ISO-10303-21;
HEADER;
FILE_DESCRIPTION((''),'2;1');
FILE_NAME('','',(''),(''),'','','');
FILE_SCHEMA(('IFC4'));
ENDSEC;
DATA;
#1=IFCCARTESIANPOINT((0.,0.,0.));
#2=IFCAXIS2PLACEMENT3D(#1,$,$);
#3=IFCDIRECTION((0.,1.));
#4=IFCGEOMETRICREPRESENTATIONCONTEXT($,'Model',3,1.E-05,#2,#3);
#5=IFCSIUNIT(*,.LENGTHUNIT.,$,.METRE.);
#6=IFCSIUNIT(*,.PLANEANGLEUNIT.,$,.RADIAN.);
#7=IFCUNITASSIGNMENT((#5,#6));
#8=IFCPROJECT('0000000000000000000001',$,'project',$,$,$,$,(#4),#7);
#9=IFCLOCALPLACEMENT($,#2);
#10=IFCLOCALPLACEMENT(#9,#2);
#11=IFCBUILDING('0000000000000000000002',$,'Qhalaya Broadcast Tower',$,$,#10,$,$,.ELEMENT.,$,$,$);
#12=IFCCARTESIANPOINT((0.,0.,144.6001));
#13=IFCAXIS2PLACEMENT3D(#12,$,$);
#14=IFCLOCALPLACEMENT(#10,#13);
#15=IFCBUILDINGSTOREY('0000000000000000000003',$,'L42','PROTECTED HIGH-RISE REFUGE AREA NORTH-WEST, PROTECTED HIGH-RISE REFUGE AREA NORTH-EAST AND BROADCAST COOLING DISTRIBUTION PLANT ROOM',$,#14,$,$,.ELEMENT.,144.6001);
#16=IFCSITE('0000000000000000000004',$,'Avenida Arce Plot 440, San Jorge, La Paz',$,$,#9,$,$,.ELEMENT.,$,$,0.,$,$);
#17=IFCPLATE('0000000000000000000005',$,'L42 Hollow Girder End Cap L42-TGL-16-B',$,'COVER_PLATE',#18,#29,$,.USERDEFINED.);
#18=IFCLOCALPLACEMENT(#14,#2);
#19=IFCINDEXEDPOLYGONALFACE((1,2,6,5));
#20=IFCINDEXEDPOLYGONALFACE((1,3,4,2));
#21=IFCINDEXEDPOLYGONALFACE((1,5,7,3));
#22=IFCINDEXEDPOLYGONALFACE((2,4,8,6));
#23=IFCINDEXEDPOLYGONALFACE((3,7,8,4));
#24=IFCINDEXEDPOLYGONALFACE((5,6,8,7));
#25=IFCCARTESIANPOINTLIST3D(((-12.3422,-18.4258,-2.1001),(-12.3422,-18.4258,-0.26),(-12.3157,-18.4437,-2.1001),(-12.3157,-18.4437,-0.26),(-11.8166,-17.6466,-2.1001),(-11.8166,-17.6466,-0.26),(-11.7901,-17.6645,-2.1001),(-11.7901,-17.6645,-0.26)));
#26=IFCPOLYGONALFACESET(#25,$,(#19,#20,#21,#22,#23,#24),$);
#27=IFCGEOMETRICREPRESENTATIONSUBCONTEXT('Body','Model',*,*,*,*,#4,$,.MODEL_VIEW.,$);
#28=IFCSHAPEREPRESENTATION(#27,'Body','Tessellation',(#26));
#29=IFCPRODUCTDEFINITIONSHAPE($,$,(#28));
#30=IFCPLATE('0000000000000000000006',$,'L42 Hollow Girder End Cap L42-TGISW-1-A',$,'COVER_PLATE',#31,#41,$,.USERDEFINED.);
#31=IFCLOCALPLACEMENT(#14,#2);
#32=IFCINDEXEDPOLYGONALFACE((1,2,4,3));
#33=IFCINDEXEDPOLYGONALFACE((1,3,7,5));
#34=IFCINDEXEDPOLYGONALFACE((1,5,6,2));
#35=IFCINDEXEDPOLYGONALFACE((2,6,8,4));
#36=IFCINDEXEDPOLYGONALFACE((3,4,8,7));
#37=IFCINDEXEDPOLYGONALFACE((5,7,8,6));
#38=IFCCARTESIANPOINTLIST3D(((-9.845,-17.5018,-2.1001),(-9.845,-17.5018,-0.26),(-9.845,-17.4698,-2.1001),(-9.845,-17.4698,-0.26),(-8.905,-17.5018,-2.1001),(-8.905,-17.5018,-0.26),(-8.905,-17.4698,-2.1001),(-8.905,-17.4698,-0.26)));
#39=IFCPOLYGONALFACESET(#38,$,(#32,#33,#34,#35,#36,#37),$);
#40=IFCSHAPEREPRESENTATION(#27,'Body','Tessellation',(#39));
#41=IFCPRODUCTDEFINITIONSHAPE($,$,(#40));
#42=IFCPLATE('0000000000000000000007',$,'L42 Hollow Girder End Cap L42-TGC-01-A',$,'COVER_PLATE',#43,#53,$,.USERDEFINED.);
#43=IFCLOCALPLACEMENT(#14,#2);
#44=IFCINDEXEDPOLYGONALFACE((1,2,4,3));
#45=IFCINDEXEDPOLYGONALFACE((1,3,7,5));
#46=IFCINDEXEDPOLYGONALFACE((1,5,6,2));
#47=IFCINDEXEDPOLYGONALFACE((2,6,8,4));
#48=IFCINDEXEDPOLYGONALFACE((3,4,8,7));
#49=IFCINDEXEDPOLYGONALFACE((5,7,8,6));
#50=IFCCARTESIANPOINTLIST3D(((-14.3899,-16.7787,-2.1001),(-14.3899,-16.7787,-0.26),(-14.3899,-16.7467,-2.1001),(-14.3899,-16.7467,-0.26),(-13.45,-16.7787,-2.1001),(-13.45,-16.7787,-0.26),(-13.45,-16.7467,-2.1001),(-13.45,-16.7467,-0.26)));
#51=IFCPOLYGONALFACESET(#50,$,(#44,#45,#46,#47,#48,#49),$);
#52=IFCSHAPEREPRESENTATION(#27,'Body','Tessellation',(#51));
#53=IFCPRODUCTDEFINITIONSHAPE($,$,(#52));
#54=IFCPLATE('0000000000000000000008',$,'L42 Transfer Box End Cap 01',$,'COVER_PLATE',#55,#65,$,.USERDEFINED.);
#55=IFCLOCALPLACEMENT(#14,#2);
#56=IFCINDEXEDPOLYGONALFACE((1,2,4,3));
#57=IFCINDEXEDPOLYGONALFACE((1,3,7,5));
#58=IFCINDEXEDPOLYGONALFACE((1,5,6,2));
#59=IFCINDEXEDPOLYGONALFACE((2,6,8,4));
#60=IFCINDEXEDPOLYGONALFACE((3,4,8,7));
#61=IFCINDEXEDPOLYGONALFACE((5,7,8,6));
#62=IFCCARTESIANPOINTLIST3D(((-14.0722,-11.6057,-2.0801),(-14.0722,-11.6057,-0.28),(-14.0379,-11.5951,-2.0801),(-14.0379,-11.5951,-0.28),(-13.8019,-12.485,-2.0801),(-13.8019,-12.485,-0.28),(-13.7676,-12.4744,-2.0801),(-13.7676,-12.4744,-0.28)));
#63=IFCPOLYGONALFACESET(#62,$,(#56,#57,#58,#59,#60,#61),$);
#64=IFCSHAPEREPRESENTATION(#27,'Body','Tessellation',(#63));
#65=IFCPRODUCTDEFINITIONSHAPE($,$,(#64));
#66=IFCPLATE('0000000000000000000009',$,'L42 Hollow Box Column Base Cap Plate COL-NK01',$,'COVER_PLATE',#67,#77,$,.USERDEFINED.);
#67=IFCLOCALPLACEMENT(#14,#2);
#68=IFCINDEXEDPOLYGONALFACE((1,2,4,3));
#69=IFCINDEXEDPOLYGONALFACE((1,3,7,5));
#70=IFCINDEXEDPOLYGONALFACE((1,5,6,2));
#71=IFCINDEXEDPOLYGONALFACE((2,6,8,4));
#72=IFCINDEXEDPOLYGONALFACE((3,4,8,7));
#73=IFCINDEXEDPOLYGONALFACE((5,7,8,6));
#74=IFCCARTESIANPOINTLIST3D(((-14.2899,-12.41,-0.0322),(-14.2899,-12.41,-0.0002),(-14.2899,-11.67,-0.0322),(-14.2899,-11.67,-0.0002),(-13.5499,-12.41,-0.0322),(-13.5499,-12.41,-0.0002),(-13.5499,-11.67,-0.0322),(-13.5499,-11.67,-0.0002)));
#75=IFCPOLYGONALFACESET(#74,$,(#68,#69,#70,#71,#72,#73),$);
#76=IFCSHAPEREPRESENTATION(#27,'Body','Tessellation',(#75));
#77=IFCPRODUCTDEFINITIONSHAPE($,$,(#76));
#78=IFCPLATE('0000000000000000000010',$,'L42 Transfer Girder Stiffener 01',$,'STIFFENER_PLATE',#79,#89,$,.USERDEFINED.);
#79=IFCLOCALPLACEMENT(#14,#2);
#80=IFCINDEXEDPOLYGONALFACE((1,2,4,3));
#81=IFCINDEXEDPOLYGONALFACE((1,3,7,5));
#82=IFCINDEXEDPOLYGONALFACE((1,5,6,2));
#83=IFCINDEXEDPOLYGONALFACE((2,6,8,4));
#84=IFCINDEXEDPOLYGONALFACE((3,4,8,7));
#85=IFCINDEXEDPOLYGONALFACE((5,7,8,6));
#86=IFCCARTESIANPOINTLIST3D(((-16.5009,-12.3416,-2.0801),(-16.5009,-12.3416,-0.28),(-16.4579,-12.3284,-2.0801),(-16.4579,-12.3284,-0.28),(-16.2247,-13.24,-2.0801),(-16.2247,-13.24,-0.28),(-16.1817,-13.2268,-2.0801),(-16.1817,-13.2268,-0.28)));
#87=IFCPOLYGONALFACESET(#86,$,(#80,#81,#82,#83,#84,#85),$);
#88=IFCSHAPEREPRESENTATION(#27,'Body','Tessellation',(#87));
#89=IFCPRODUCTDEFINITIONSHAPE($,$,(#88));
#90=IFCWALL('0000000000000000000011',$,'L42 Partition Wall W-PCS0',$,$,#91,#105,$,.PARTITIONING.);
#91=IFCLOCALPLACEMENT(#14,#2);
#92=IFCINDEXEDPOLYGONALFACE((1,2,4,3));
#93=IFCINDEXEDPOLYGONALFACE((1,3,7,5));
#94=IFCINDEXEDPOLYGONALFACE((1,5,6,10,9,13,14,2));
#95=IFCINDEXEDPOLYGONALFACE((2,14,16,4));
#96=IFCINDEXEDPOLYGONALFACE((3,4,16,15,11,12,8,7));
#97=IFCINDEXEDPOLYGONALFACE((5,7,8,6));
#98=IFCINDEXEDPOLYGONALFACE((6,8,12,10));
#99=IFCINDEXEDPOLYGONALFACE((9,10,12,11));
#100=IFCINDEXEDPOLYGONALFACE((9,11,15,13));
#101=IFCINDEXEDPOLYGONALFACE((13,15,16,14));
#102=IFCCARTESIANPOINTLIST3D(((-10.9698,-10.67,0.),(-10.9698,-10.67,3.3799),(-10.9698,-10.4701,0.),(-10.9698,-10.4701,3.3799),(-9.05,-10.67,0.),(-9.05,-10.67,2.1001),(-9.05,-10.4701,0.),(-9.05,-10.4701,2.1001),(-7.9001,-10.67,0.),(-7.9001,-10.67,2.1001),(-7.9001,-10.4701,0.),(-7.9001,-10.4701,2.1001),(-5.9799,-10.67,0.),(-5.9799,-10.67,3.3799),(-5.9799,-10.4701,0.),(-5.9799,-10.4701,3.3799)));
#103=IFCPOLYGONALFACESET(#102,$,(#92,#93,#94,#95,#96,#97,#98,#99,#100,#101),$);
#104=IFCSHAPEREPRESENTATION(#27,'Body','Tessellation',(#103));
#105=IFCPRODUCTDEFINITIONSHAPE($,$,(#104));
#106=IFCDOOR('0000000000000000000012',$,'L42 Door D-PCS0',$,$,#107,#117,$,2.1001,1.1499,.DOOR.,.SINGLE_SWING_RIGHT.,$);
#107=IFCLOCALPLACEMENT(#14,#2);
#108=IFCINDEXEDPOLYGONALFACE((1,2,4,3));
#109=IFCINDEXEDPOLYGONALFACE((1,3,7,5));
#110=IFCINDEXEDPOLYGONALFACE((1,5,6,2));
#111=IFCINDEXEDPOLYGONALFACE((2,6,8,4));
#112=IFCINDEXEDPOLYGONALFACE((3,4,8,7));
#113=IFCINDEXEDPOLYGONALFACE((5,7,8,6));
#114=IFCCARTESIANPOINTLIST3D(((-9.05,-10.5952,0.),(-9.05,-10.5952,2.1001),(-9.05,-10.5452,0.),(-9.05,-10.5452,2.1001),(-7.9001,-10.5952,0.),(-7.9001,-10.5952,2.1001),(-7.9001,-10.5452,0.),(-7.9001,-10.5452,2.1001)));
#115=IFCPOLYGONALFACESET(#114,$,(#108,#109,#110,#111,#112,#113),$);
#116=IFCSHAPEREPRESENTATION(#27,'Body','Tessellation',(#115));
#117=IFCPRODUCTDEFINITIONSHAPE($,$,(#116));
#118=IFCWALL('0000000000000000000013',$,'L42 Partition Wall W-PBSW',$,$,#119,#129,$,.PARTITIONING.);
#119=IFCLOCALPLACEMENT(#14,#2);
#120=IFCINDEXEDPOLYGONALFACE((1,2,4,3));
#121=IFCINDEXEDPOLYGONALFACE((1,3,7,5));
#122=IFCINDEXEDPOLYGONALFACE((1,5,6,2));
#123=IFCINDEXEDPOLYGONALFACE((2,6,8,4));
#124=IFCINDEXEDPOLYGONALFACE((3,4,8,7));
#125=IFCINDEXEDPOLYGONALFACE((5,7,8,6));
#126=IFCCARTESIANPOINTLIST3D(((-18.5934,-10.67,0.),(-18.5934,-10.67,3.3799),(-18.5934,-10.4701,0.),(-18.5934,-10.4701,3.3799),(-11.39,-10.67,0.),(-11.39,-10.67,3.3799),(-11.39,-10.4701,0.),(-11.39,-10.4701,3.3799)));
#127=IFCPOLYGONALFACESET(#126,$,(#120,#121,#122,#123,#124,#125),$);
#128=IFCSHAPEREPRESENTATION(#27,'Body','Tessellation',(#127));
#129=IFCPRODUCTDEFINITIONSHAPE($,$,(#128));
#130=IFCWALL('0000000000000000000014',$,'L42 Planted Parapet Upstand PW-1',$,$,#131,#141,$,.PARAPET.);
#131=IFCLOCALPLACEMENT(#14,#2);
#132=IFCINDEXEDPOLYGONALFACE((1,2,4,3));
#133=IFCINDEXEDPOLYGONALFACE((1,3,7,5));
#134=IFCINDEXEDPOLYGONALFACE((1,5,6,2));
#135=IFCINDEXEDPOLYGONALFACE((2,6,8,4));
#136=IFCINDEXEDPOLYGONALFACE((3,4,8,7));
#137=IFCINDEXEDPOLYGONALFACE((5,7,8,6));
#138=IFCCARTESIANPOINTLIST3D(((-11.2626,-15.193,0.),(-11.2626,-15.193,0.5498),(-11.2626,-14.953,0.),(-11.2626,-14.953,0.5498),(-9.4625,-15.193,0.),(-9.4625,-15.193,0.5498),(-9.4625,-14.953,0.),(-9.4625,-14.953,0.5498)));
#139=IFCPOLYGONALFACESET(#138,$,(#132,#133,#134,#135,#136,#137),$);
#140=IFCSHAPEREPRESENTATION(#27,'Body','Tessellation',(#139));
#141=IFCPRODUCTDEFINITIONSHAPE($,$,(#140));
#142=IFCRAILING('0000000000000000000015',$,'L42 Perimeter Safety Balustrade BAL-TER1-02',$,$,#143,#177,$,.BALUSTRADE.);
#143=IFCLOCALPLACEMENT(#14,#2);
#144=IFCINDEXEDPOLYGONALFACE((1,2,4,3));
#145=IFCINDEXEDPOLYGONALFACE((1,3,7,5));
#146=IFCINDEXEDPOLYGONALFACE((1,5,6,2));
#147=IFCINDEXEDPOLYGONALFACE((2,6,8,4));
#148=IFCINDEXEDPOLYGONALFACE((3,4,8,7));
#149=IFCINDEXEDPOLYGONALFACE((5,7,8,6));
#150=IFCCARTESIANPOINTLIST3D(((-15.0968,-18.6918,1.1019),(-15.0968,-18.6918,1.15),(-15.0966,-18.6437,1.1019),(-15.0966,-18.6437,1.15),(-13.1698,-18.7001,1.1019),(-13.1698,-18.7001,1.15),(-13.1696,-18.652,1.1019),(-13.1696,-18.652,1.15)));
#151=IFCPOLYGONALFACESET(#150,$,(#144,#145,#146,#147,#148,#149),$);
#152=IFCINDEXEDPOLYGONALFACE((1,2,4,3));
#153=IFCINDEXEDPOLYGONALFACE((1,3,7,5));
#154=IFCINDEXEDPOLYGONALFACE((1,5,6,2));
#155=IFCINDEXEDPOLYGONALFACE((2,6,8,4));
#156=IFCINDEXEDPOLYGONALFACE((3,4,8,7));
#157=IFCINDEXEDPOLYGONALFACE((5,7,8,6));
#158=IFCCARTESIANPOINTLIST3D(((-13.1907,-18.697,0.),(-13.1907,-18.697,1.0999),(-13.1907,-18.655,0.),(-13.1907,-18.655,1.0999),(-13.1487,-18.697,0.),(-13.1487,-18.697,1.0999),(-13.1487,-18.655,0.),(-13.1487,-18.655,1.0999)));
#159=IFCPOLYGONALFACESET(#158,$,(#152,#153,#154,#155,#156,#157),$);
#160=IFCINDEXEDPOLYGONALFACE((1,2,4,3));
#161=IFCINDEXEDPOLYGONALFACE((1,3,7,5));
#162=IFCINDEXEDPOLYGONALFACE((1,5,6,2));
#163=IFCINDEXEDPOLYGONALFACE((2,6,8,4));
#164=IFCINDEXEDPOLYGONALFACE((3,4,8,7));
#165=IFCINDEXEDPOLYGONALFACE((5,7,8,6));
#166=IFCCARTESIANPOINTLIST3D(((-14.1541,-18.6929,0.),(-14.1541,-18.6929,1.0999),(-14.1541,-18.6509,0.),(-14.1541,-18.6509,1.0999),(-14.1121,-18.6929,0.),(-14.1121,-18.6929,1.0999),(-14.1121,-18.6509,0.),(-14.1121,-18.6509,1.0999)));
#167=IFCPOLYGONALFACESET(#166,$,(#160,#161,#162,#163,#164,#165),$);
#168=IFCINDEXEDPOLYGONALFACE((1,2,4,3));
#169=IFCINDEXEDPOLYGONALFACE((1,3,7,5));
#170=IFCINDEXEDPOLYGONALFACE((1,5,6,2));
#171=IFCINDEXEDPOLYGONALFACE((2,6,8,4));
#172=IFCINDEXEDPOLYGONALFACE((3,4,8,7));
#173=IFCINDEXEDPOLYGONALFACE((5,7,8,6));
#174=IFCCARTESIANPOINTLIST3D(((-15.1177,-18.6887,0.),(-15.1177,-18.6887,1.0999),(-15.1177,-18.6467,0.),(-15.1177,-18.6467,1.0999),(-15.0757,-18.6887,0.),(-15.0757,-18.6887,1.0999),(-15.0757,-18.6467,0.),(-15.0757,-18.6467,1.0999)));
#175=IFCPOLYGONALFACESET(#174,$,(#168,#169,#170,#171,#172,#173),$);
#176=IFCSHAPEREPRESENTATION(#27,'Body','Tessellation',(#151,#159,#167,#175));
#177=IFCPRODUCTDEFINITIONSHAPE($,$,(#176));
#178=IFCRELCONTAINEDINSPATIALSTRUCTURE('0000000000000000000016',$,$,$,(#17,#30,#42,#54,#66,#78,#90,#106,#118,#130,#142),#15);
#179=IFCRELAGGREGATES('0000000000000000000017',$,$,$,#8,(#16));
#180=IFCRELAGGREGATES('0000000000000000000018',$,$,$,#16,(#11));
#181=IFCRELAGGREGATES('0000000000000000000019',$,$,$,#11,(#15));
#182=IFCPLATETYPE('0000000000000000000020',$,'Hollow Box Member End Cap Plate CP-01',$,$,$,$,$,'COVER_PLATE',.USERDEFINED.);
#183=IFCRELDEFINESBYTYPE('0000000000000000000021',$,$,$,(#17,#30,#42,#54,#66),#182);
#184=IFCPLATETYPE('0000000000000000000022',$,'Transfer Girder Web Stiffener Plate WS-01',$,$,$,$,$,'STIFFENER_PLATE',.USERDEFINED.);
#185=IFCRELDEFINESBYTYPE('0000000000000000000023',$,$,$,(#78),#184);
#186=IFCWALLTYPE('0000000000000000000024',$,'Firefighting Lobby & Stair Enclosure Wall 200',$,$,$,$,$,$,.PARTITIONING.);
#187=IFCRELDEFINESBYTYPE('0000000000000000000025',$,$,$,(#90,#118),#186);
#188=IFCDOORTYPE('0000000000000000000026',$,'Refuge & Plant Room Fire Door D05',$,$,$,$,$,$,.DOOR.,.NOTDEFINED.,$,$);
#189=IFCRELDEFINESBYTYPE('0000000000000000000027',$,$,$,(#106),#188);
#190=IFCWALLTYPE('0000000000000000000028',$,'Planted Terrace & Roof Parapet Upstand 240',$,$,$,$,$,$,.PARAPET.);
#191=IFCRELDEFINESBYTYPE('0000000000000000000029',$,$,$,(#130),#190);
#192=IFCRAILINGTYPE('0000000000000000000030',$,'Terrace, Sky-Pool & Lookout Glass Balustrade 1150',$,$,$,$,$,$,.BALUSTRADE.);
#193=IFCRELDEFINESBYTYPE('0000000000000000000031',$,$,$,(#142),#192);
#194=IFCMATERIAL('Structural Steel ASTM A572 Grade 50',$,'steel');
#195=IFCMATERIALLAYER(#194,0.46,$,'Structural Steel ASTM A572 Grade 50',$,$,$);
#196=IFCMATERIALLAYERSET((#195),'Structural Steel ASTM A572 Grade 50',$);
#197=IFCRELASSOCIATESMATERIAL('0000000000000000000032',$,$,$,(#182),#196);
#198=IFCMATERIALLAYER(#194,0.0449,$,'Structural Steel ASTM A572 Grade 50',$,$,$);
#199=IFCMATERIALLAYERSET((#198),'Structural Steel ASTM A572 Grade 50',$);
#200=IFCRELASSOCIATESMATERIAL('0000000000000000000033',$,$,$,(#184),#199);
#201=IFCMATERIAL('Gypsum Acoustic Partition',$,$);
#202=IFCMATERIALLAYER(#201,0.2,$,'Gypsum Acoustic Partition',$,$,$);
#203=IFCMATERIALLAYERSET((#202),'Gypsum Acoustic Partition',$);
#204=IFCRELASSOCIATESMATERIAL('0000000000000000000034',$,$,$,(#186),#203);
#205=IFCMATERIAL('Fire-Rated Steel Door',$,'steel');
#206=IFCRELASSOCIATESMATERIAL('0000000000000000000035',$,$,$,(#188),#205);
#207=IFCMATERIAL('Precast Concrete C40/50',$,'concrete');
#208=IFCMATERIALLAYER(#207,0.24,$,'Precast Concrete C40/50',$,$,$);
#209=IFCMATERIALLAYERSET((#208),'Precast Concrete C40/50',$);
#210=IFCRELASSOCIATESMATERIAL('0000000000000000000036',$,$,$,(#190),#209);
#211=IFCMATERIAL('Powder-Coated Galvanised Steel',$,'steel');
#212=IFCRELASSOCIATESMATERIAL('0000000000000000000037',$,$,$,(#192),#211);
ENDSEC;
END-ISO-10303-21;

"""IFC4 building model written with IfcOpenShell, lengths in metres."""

from ifc_helpers import new_model, si_unit, direction, frame, frame_2d, origin, origin_2d, place, context, subcontext, project, spatial, rectangle, extrude, material, layer, layer_set, type_object, element, fill, save


model = new_model("IFC4")

# Units and contexts
model_context = context("Model", 3, precision=1e-05, world=origin(), true_north=direction((0.0, 1.0)))
body_context = subcontext(model_context, "Body", "Model", "MODEL_VIEW")
ifc_project = project(units=[si_unit("LENGTHUNIT", "METRE"), si_unit("PLANEANGLEUNIT", "RADIAN")], contexts=[model_context])

# Site, building, storey
site_placement = place(None, origin())
site = spatial("IfcSite", under=ifc_project, at=site_placement, Name="Avenida Arce Plot 440, San Jorge, La Paz", CompositionType="ELEMENT", RefElevation=0.0)
building_placement = place(site_placement, origin())
building = spatial("IfcBuilding", under=site, at=building_placement, Name="Qhalaya Broadcast Tower", CompositionType="ELEMENT")
storey_placement = place(building_placement, frame((0.0, 0.0, 144.6001)))
storey = spatial("IfcBuildingStorey", under=building, at=storey_placement, Name="L42", Description="PROTECTED HIGH-RISE REFUGE AREA NORTH-WEST, PROTECTED HIGH-RISE REFUGE AREA NORTH-EAST AND BROADCAST COOLING DISTRIBUTION PLANT ROOM", CompositionType="ELEMENT", Elevation=144.6001)

# Shared definitions
ifc_material_1 = material(Name="Structural Steel ASTM A572 Grade 50", Category="steel")

# Plates
ifc_layer_1 = layer(ifc_material_1, 0.46, Name="Structural Steel ASTM A572 Grade 50")
ifc_layer_set_1 = layer_set([ifc_layer_1], Name="Structural Steel ASTM A572 Grade 50")
plate_type_1 = type_object("IfcPlateType", Name="Hollow Box Member End Cap Plate CP-01", ElementType="COVER_PLATE", PredefinedType="USERDEFINED", material=ifc_layer_set_1)
for number, where, z_axis, x_axis, name in (
    (1, (-12.0662, -18.0452, -2.1001), (0.0, 0.0, 1.0), (0.559193, 0.829038, 0.0), "L42 Hollow Girder End Cap L42-TGL-16-B"),
    (2, (-9.375, -17.4858, -2.1001), (0.0, 0.0, 1.0), (-1.0, 0.0, 0.0), "L42 Hollow Girder End Cap L42-TGISW-1-A"),
    (3, (-13.9199, -16.7627, -2.1001), (0.0, 0.0, 1.0), (-1.0, 0.0, 0.0), "L42 Hollow Girder End Cap L42-TGC-01-A"),
):
    element("IfcPlate", number, at=place(storey_placement, frame(where, z_axis=z_axis, x_axis=x_axis)), inside=storey, type_object=plate_type_1, Name=name, ObjectType="COVER_PLATE", PredefinedType="USERDEFINED", context=body_context, shape_type="SweptSolid", body=[
        extrude(rectangle(XDim=0.9399, YDim=0.032, at=origin_2d()), origin(), (0.0, 0.0, 1.0), 1.8401),
    ])
plate_1_placement = place(storey_placement, frame((-13.9199, -12.04, -2.0801), z_axis=(0.0, 0.0, 1.0), x_axis=(-0.293857, 0.955849, 0.0)))
element("IfcPlate", 4, at=plate_1_placement, inside=storey, type_object=plate_type_1, Name="L42 Transfer Box End Cap 01", ObjectType="COVER_PLATE", PredefinedType="USERDEFINED", context=body_context, shape_type="SweptSolid", body=[
    extrude(rectangle(XDim=0.9199, YDim=0.0359, at=origin_2d()), origin(), (0.0, 0.0, 1.0), 1.8),
])
plate_2_placement = place(storey_placement, frame((-13.9199, -12.04, -0.0322), z_axis=(0.0, 0.0, 1.0), x_axis=(1.0, 0.0, 0.0)))
element("IfcPlate", 5, at=plate_2_placement, inside=storey, type_object=plate_type_1, Name="L42 Hollow Box Column Base Cap Plate COL-NK01", ObjectType="COVER_PLATE", PredefinedType="USERDEFINED", context=body_context, shape_type="SweptSolid", body=[
    extrude(rectangle(XDim=0.74, YDim=0.74, at=origin_2d()), origin(), (0.0, 0.0, 1.0), 0.032),
])
ifc_layer_2 = layer(ifc_material_1, 0.0449, Name="Structural Steel ASTM A572 Grade 50")
ifc_layer_set_2 = layer_set([ifc_layer_2], Name="Structural Steel ASTM A572 Grade 50")
plate_type_2 = type_object("IfcPlateType", Name="Transfer Girder Web Stiffener Plate WS-01", ElementType="STIFFENER_PLATE", PredefinedType="USERDEFINED", material=ifc_layer_set_2)
plate_3_placement = place(storey_placement, frame((-16.3413, -12.7842, -2.0801), z_axis=(0.0, 0.0, 1.0), x_axis=(-0.293857, 0.955849, 0.0)))
element("IfcPlate", 6, at=plate_3_placement, inside=storey, type_object=plate_type_2, Name="L42 Transfer Girder Stiffener 01", ObjectType="STIFFENER_PLATE", PredefinedType="USERDEFINED", context=body_context, shape_type="SweptSolid", body=[
    extrude(rectangle(XDim=0.9399, YDim=0.0449, at=origin_2d()), origin(), (0.0, 0.0, 1.0), 1.8),
])

# Wall, opening, door
ifc_material_2 = material(Name="Gypsum Acoustic Partition")
ifc_layer_3 = layer(ifc_material_2, 0.2, Name="Gypsum Acoustic Partition")
ifc_layer_set_3 = layer_set([ifc_layer_3], Name="Gypsum Acoustic Partition")
wall_type_1 = type_object("IfcWallType", Name="Firefighting Lobby & Stair Enclosure Wall 200", PredefinedType="PARTITIONING", material=ifc_layer_set_3)
wall_1_placement = place(storey_placement, frame((-10.97, -10.5701, 0.0), z_axis=(0.0, 0.0, 1.0), x_axis=(1.0, 0.0, 0.0)))
wall_1 = element("IfcWall", 7, at=wall_1_placement, inside=storey, type_object=wall_type_1, Name="L42 Partition Wall W-PCS0", PredefinedType="PARTITIONING", context=body_context, shape_type="SweptSolid", body=[
    extrude(rectangle(XDim=4.99, YDim=0.2, at=frame_2d((2.4951, 0.0))), origin(), (0.0, 0.0, 1.0), 3.3799),
])
opening_placement = place(wall_1_placement, frame((1.9199, 0.0, 0.0)))
opening = element("IfcOpeningElement", 8, at=opening_placement, cuts=wall_1, PredefinedType="OPENING", context=body_context, shape_type="SweptSolid", body=[
    extrude(rectangle(XDim=1.1499, YDim=2.1001, at=frame_2d((0.575, 1.05))), frame((0.0, 0.1121, 0.0), z_axis=(0.0, -1.0, 0.0), x_axis=(1.0, 0.0, 0.0)), (0.0, 0.0, 1.0), 0.2239),
])
ifc_material_3 = material(Name="Fire-Rated Steel Door", Category="steel")
door_type = type_object("IfcDoorType", Name="Refuge & Plant Room Fire Door D05", OperationType="NOTDEFINED", PredefinedType="DOOR", material=ifc_material_3)
door_placement = place(opening_placement, origin())
door = element("IfcDoor", 9, at=door_placement, inside=storey, type_object=door_type, Name="L42 Door D-PCS0", OperationType="SINGLE_SWING_RIGHT", OverallHeight=2.1001, OverallWidth=1.1499, PredefinedType="DOOR", context=body_context, shape_type="SweptSolid", body=[
    extrude(rectangle(XDim=1.1499, YDim=2.1001, at=frame_2d((0.575, 1.05))), frame((0.0, 0.0249, 0.0), z_axis=(0.0, -1.0, 0.0), x_axis=(1.0, 0.0, 0.0)), (0.0, 0.0, 1.0), 0.05),
])
fill(opening, door)

# Walls
wall_2_placement = place(storey_placement, frame((-18.5933, -10.5701, 0.0), z_axis=(0.0, 0.0, 1.0), x_axis=(1.0, 0.0, 0.0)))
element("IfcWall", 10, at=wall_2_placement, inside=storey, type_object=wall_type_1, Name="L42 Partition Wall W-PBSW", PredefinedType="PARTITIONING", context=body_context, shape_type="SweptSolid", body=[
    extrude(rectangle(XDim=7.2034, YDim=0.2, at=frame_2d((3.6016, 0.0))), origin(), (0.0, 0.0, 1.0), 3.3799),
])
ifc_material_4 = material(Name="Precast Concrete C40/50", Category="concrete")
ifc_layer_4 = layer(ifc_material_4, 0.24, Name="Precast Concrete C40/50")
ifc_layer_set_4 = layer_set([ifc_layer_4], Name="Precast Concrete C40/50")
wall_type_2 = type_object("IfcWallType", Name="Planted Terrace & Roof Parapet Upstand 240", PredefinedType="PARAPET", material=ifc_layer_set_4)
wall_3_placement = place(storey_placement, frame((-11.2625, -15.073, 0.0), z_axis=(0.0, 0.0, 1.0), x_axis=(1.0, 0.0, 0.0)))
element("IfcWall", 11, at=wall_3_placement, inside=storey, type_object=wall_type_2, Name="L42 Planted Parapet Upstand PW-1", PredefinedType="PARAPET", context=body_context, shape_type="SweptSolid", body=[
    extrude(rectangle(XDim=1.8, YDim=0.24, at=frame_2d((0.8999, 0.0))), origin(), (0.0, 0.0, 1.0), 0.5498),
])

# Railing
ifc_material_5 = material(Name="Powder-Coated Galvanised Steel", Category="steel")
railing_type = type_object("IfcRailingType", Name="Terrace, Sky-Pool & Lookout Glass Balustrade 1150", PredefinedType="BALUSTRADE", material=ifc_material_5)
railing_1_placement = place(storey_placement, frame((-13.1697, -18.676, 0.0)))
element("IfcRailing", 12, at=railing_1_placement, inside=storey, type_object=railing_type, Name="L42 Perimeter Safety Balustrade BAL-TER1-02", PredefinedType="BALUSTRADE", context=body_context, shape_type="SweptSolid", body=[
    extrude(rectangle(XDim=0.0481, YDim=0.0481, at=origin_2d()), frame((0.0, 0.0, 1.126), z_axis=(-0.999991, 0.004308, 0.0), x_axis=(-0.004308, -0.999991, 0.0)), (0.0, 0.0, 1.0), 1.927),
    extrude(rectangle(XDim=0.042, YDim=0.042, at=origin_2d()), origin(), (0.0, 0.0, 1.0), 1.0999),
    extrude(rectangle(XDim=0.042, YDim=0.042, at=origin_2d()), frame((-0.9634, 0.0042, 0.0)), (0.0, 0.0, 1.0), 1.0999),
    extrude(rectangle(XDim=0.042, YDim=0.042, at=origin_2d()), frame((-1.927, 0.0083, 0.0)), (0.0, 0.0, 1.0), 1.0999),
])

save(model, "model.ifc")
